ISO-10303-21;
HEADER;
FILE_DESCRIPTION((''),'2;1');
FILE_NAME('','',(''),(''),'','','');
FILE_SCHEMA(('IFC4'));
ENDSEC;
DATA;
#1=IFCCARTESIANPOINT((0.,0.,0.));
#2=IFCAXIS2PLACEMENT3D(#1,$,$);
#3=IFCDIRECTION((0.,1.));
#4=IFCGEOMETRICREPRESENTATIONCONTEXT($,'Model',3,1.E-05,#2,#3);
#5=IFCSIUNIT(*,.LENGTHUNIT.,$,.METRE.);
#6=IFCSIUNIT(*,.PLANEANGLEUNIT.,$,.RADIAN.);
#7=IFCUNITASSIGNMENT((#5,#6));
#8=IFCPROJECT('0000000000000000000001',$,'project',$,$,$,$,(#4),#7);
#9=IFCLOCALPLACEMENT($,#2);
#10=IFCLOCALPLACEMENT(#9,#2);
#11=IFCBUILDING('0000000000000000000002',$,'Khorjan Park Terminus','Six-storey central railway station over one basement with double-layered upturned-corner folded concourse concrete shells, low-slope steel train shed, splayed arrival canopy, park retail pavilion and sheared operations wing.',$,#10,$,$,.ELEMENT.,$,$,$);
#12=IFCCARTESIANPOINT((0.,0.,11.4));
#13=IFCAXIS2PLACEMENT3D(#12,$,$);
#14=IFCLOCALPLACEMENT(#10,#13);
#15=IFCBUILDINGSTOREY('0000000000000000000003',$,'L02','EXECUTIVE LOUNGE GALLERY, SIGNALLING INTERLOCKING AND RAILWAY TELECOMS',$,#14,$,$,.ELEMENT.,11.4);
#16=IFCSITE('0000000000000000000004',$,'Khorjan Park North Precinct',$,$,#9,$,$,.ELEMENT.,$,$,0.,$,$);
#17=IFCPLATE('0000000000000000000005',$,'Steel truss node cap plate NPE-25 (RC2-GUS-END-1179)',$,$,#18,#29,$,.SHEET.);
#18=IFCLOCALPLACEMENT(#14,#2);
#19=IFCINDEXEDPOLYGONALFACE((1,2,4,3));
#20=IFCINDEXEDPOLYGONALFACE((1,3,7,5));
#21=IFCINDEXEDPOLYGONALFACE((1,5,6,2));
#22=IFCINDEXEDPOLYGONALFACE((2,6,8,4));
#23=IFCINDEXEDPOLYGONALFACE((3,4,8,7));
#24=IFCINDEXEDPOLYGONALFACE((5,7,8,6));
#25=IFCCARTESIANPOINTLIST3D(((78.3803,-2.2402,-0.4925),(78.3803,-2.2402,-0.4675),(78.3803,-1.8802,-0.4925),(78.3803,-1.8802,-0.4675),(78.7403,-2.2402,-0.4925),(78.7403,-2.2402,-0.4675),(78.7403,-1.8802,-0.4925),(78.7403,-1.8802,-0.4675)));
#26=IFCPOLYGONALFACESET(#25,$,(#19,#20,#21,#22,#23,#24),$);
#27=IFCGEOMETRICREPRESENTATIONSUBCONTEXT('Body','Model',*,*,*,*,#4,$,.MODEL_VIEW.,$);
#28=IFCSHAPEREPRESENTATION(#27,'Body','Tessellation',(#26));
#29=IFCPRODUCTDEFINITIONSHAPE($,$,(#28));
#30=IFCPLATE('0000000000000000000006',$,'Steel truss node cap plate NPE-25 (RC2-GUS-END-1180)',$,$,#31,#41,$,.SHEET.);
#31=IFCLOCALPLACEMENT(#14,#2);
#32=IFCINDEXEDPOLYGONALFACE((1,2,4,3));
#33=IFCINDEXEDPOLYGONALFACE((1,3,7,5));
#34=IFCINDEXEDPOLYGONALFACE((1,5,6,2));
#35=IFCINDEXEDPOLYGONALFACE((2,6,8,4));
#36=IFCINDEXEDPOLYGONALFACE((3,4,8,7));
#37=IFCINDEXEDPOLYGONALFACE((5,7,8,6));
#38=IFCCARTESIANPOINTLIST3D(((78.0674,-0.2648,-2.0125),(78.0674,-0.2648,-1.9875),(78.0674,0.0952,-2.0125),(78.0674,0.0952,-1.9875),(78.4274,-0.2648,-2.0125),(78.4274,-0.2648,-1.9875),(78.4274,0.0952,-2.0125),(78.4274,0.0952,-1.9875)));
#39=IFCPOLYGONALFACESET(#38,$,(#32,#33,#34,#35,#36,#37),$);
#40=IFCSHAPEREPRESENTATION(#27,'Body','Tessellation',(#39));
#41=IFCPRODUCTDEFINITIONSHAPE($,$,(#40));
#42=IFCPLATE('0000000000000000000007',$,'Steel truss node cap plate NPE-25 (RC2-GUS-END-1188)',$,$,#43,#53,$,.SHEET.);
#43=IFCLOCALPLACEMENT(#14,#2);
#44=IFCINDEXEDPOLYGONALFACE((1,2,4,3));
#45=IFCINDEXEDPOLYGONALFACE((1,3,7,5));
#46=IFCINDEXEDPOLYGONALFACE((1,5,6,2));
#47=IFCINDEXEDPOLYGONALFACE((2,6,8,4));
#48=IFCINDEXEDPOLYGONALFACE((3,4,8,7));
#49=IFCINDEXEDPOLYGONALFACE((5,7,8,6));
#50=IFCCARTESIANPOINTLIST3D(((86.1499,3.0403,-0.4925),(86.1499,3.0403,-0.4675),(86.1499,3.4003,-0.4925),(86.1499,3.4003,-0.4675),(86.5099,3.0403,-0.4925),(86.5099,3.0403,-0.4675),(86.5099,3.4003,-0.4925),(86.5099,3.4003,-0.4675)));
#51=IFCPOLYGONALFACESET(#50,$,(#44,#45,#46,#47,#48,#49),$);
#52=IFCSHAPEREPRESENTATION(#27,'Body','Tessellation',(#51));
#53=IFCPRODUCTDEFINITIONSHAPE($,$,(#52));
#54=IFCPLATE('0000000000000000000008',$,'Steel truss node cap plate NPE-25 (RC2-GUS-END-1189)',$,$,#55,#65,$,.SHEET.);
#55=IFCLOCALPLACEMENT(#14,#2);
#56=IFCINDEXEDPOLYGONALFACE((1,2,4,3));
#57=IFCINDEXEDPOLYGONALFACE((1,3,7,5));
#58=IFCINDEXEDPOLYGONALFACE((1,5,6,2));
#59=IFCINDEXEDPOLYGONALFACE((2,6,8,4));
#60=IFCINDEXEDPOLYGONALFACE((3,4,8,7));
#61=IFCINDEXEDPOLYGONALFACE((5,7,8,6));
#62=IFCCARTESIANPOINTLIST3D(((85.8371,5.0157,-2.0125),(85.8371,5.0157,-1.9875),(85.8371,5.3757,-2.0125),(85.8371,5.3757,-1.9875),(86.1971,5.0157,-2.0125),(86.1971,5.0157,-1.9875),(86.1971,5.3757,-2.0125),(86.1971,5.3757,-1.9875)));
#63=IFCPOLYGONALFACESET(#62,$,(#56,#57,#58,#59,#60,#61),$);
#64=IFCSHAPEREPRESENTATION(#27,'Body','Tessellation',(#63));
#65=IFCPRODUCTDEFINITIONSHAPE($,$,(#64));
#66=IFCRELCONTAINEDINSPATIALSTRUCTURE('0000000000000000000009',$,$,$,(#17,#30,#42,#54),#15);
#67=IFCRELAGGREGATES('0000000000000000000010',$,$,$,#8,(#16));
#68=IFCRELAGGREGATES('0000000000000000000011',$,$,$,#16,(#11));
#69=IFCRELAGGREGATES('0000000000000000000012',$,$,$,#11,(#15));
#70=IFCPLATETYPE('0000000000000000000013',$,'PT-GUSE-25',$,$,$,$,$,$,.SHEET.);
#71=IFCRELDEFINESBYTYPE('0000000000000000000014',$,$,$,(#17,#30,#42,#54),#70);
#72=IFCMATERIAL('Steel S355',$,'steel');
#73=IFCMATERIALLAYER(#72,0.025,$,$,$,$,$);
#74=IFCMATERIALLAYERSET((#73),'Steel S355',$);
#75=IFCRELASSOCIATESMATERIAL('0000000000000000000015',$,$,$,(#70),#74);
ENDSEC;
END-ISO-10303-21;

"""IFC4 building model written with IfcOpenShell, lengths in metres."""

from ifc_helpers import new_model, si_unit, direction, frame, origin, origin_2d, place, context, subcontext, project, spatial, rectangle, extrude, material, layer, layer_set, type_object, element, save


model = new_model("IFC4")

# Units and contexts
model_context = context("Model", 3, precision=1e-05, world=origin(), true_north=direction((0.0, 1.0)))
body_context = subcontext(model_context, "Body", "Model", "MODEL_VIEW")
ifc_project = project(units=[si_unit("LENGTHUNIT", "METRE"), si_unit("PLANEANGLEUNIT", "RADIAN")], contexts=[model_context])

# Site, building, storey
site_placement = place(None, origin())
site = spatial("IfcSite", under=ifc_project, at=site_placement, Name="Khorjan Park North Precinct", CompositionType="ELEMENT", RefElevation=0.0)
building_placement = place(site_placement, origin())
building = spatial("IfcBuilding", under=site, at=building_placement, Name="Khorjan Park Terminus", Description="Six-storey central railway station over one basement with double-layered upturned-corner folded concourse concrete shells, low-slope steel train shed, splayed arrival canopy, park retail pavilion and sheared operations wing.", CompositionType="ELEMENT")
storey_placement = place(building_placement, frame((0.0, 0.0, 11.4)))
storey = spatial("IfcBuildingStorey", under=building, at=storey_placement, Name="L02", Description="EXECUTIVE LOUNGE GALLERY, SIGNALLING INTERLOCKING AND RAILWAY TELECOMS", CompositionType="ELEMENT", Elevation=11.4)

# Shared definitions
ifc_material = material(Name="Steel S355", Category="steel")

# Plates
ifc_layer_1 = layer(ifc_material, 0.025)
ifc_layer_set_1 = layer_set([ifc_layer_1], Name="Steel S355")
plate_type_1 = type_object("IfcPlateType", Name="PT-GUSE-25", PredefinedType="SHEET", material=ifc_layer_set_1)
for number, where, z_axis, x_axis, name in (
    (1, (78.5603, -2.0602, -0.4925), (0.0, 0.0, 1.0), (1.0, 0.0, 0.0), "Steel truss node cap plate NPE-25 (RC2-GUS-END-1179)"),
    (2, (78.2474, -0.0848, -2.0125), (0.0, 0.0, 1.0), (1.0, 0.0, 0.0), "Steel truss node cap plate NPE-25 (RC2-GUS-END-1180)"),
    (3, (86.3299, 3.2203, -0.4925), (0.0, 0.0, 1.0), (1.0, 0.0, 0.0), "Steel truss node cap plate NPE-25 (RC2-GUS-END-1188)"),
    (4, (86.0171, 5.1957, -2.0125), (0.0, 0.0, 1.0), (1.0, 0.0, 0.0), "Steel truss node cap plate NPE-25 (RC2-GUS-END-1189)"),
):
    element("IfcPlate", number, at=place(storey_placement, frame(where, z_axis=z_axis, x_axis=x_axis)), inside=storey, type_object=plate_type_1, Name=name, PredefinedType="SHEET", context=body_context, shape_type="SweptSolid", body=[
        extrude(rectangle(XDim=0.36, YDim=0.36, at=origin_2d()), origin(), (0.0, 0.0, 1.0), 0.025),
    ])

save(model, "model.ifc")
